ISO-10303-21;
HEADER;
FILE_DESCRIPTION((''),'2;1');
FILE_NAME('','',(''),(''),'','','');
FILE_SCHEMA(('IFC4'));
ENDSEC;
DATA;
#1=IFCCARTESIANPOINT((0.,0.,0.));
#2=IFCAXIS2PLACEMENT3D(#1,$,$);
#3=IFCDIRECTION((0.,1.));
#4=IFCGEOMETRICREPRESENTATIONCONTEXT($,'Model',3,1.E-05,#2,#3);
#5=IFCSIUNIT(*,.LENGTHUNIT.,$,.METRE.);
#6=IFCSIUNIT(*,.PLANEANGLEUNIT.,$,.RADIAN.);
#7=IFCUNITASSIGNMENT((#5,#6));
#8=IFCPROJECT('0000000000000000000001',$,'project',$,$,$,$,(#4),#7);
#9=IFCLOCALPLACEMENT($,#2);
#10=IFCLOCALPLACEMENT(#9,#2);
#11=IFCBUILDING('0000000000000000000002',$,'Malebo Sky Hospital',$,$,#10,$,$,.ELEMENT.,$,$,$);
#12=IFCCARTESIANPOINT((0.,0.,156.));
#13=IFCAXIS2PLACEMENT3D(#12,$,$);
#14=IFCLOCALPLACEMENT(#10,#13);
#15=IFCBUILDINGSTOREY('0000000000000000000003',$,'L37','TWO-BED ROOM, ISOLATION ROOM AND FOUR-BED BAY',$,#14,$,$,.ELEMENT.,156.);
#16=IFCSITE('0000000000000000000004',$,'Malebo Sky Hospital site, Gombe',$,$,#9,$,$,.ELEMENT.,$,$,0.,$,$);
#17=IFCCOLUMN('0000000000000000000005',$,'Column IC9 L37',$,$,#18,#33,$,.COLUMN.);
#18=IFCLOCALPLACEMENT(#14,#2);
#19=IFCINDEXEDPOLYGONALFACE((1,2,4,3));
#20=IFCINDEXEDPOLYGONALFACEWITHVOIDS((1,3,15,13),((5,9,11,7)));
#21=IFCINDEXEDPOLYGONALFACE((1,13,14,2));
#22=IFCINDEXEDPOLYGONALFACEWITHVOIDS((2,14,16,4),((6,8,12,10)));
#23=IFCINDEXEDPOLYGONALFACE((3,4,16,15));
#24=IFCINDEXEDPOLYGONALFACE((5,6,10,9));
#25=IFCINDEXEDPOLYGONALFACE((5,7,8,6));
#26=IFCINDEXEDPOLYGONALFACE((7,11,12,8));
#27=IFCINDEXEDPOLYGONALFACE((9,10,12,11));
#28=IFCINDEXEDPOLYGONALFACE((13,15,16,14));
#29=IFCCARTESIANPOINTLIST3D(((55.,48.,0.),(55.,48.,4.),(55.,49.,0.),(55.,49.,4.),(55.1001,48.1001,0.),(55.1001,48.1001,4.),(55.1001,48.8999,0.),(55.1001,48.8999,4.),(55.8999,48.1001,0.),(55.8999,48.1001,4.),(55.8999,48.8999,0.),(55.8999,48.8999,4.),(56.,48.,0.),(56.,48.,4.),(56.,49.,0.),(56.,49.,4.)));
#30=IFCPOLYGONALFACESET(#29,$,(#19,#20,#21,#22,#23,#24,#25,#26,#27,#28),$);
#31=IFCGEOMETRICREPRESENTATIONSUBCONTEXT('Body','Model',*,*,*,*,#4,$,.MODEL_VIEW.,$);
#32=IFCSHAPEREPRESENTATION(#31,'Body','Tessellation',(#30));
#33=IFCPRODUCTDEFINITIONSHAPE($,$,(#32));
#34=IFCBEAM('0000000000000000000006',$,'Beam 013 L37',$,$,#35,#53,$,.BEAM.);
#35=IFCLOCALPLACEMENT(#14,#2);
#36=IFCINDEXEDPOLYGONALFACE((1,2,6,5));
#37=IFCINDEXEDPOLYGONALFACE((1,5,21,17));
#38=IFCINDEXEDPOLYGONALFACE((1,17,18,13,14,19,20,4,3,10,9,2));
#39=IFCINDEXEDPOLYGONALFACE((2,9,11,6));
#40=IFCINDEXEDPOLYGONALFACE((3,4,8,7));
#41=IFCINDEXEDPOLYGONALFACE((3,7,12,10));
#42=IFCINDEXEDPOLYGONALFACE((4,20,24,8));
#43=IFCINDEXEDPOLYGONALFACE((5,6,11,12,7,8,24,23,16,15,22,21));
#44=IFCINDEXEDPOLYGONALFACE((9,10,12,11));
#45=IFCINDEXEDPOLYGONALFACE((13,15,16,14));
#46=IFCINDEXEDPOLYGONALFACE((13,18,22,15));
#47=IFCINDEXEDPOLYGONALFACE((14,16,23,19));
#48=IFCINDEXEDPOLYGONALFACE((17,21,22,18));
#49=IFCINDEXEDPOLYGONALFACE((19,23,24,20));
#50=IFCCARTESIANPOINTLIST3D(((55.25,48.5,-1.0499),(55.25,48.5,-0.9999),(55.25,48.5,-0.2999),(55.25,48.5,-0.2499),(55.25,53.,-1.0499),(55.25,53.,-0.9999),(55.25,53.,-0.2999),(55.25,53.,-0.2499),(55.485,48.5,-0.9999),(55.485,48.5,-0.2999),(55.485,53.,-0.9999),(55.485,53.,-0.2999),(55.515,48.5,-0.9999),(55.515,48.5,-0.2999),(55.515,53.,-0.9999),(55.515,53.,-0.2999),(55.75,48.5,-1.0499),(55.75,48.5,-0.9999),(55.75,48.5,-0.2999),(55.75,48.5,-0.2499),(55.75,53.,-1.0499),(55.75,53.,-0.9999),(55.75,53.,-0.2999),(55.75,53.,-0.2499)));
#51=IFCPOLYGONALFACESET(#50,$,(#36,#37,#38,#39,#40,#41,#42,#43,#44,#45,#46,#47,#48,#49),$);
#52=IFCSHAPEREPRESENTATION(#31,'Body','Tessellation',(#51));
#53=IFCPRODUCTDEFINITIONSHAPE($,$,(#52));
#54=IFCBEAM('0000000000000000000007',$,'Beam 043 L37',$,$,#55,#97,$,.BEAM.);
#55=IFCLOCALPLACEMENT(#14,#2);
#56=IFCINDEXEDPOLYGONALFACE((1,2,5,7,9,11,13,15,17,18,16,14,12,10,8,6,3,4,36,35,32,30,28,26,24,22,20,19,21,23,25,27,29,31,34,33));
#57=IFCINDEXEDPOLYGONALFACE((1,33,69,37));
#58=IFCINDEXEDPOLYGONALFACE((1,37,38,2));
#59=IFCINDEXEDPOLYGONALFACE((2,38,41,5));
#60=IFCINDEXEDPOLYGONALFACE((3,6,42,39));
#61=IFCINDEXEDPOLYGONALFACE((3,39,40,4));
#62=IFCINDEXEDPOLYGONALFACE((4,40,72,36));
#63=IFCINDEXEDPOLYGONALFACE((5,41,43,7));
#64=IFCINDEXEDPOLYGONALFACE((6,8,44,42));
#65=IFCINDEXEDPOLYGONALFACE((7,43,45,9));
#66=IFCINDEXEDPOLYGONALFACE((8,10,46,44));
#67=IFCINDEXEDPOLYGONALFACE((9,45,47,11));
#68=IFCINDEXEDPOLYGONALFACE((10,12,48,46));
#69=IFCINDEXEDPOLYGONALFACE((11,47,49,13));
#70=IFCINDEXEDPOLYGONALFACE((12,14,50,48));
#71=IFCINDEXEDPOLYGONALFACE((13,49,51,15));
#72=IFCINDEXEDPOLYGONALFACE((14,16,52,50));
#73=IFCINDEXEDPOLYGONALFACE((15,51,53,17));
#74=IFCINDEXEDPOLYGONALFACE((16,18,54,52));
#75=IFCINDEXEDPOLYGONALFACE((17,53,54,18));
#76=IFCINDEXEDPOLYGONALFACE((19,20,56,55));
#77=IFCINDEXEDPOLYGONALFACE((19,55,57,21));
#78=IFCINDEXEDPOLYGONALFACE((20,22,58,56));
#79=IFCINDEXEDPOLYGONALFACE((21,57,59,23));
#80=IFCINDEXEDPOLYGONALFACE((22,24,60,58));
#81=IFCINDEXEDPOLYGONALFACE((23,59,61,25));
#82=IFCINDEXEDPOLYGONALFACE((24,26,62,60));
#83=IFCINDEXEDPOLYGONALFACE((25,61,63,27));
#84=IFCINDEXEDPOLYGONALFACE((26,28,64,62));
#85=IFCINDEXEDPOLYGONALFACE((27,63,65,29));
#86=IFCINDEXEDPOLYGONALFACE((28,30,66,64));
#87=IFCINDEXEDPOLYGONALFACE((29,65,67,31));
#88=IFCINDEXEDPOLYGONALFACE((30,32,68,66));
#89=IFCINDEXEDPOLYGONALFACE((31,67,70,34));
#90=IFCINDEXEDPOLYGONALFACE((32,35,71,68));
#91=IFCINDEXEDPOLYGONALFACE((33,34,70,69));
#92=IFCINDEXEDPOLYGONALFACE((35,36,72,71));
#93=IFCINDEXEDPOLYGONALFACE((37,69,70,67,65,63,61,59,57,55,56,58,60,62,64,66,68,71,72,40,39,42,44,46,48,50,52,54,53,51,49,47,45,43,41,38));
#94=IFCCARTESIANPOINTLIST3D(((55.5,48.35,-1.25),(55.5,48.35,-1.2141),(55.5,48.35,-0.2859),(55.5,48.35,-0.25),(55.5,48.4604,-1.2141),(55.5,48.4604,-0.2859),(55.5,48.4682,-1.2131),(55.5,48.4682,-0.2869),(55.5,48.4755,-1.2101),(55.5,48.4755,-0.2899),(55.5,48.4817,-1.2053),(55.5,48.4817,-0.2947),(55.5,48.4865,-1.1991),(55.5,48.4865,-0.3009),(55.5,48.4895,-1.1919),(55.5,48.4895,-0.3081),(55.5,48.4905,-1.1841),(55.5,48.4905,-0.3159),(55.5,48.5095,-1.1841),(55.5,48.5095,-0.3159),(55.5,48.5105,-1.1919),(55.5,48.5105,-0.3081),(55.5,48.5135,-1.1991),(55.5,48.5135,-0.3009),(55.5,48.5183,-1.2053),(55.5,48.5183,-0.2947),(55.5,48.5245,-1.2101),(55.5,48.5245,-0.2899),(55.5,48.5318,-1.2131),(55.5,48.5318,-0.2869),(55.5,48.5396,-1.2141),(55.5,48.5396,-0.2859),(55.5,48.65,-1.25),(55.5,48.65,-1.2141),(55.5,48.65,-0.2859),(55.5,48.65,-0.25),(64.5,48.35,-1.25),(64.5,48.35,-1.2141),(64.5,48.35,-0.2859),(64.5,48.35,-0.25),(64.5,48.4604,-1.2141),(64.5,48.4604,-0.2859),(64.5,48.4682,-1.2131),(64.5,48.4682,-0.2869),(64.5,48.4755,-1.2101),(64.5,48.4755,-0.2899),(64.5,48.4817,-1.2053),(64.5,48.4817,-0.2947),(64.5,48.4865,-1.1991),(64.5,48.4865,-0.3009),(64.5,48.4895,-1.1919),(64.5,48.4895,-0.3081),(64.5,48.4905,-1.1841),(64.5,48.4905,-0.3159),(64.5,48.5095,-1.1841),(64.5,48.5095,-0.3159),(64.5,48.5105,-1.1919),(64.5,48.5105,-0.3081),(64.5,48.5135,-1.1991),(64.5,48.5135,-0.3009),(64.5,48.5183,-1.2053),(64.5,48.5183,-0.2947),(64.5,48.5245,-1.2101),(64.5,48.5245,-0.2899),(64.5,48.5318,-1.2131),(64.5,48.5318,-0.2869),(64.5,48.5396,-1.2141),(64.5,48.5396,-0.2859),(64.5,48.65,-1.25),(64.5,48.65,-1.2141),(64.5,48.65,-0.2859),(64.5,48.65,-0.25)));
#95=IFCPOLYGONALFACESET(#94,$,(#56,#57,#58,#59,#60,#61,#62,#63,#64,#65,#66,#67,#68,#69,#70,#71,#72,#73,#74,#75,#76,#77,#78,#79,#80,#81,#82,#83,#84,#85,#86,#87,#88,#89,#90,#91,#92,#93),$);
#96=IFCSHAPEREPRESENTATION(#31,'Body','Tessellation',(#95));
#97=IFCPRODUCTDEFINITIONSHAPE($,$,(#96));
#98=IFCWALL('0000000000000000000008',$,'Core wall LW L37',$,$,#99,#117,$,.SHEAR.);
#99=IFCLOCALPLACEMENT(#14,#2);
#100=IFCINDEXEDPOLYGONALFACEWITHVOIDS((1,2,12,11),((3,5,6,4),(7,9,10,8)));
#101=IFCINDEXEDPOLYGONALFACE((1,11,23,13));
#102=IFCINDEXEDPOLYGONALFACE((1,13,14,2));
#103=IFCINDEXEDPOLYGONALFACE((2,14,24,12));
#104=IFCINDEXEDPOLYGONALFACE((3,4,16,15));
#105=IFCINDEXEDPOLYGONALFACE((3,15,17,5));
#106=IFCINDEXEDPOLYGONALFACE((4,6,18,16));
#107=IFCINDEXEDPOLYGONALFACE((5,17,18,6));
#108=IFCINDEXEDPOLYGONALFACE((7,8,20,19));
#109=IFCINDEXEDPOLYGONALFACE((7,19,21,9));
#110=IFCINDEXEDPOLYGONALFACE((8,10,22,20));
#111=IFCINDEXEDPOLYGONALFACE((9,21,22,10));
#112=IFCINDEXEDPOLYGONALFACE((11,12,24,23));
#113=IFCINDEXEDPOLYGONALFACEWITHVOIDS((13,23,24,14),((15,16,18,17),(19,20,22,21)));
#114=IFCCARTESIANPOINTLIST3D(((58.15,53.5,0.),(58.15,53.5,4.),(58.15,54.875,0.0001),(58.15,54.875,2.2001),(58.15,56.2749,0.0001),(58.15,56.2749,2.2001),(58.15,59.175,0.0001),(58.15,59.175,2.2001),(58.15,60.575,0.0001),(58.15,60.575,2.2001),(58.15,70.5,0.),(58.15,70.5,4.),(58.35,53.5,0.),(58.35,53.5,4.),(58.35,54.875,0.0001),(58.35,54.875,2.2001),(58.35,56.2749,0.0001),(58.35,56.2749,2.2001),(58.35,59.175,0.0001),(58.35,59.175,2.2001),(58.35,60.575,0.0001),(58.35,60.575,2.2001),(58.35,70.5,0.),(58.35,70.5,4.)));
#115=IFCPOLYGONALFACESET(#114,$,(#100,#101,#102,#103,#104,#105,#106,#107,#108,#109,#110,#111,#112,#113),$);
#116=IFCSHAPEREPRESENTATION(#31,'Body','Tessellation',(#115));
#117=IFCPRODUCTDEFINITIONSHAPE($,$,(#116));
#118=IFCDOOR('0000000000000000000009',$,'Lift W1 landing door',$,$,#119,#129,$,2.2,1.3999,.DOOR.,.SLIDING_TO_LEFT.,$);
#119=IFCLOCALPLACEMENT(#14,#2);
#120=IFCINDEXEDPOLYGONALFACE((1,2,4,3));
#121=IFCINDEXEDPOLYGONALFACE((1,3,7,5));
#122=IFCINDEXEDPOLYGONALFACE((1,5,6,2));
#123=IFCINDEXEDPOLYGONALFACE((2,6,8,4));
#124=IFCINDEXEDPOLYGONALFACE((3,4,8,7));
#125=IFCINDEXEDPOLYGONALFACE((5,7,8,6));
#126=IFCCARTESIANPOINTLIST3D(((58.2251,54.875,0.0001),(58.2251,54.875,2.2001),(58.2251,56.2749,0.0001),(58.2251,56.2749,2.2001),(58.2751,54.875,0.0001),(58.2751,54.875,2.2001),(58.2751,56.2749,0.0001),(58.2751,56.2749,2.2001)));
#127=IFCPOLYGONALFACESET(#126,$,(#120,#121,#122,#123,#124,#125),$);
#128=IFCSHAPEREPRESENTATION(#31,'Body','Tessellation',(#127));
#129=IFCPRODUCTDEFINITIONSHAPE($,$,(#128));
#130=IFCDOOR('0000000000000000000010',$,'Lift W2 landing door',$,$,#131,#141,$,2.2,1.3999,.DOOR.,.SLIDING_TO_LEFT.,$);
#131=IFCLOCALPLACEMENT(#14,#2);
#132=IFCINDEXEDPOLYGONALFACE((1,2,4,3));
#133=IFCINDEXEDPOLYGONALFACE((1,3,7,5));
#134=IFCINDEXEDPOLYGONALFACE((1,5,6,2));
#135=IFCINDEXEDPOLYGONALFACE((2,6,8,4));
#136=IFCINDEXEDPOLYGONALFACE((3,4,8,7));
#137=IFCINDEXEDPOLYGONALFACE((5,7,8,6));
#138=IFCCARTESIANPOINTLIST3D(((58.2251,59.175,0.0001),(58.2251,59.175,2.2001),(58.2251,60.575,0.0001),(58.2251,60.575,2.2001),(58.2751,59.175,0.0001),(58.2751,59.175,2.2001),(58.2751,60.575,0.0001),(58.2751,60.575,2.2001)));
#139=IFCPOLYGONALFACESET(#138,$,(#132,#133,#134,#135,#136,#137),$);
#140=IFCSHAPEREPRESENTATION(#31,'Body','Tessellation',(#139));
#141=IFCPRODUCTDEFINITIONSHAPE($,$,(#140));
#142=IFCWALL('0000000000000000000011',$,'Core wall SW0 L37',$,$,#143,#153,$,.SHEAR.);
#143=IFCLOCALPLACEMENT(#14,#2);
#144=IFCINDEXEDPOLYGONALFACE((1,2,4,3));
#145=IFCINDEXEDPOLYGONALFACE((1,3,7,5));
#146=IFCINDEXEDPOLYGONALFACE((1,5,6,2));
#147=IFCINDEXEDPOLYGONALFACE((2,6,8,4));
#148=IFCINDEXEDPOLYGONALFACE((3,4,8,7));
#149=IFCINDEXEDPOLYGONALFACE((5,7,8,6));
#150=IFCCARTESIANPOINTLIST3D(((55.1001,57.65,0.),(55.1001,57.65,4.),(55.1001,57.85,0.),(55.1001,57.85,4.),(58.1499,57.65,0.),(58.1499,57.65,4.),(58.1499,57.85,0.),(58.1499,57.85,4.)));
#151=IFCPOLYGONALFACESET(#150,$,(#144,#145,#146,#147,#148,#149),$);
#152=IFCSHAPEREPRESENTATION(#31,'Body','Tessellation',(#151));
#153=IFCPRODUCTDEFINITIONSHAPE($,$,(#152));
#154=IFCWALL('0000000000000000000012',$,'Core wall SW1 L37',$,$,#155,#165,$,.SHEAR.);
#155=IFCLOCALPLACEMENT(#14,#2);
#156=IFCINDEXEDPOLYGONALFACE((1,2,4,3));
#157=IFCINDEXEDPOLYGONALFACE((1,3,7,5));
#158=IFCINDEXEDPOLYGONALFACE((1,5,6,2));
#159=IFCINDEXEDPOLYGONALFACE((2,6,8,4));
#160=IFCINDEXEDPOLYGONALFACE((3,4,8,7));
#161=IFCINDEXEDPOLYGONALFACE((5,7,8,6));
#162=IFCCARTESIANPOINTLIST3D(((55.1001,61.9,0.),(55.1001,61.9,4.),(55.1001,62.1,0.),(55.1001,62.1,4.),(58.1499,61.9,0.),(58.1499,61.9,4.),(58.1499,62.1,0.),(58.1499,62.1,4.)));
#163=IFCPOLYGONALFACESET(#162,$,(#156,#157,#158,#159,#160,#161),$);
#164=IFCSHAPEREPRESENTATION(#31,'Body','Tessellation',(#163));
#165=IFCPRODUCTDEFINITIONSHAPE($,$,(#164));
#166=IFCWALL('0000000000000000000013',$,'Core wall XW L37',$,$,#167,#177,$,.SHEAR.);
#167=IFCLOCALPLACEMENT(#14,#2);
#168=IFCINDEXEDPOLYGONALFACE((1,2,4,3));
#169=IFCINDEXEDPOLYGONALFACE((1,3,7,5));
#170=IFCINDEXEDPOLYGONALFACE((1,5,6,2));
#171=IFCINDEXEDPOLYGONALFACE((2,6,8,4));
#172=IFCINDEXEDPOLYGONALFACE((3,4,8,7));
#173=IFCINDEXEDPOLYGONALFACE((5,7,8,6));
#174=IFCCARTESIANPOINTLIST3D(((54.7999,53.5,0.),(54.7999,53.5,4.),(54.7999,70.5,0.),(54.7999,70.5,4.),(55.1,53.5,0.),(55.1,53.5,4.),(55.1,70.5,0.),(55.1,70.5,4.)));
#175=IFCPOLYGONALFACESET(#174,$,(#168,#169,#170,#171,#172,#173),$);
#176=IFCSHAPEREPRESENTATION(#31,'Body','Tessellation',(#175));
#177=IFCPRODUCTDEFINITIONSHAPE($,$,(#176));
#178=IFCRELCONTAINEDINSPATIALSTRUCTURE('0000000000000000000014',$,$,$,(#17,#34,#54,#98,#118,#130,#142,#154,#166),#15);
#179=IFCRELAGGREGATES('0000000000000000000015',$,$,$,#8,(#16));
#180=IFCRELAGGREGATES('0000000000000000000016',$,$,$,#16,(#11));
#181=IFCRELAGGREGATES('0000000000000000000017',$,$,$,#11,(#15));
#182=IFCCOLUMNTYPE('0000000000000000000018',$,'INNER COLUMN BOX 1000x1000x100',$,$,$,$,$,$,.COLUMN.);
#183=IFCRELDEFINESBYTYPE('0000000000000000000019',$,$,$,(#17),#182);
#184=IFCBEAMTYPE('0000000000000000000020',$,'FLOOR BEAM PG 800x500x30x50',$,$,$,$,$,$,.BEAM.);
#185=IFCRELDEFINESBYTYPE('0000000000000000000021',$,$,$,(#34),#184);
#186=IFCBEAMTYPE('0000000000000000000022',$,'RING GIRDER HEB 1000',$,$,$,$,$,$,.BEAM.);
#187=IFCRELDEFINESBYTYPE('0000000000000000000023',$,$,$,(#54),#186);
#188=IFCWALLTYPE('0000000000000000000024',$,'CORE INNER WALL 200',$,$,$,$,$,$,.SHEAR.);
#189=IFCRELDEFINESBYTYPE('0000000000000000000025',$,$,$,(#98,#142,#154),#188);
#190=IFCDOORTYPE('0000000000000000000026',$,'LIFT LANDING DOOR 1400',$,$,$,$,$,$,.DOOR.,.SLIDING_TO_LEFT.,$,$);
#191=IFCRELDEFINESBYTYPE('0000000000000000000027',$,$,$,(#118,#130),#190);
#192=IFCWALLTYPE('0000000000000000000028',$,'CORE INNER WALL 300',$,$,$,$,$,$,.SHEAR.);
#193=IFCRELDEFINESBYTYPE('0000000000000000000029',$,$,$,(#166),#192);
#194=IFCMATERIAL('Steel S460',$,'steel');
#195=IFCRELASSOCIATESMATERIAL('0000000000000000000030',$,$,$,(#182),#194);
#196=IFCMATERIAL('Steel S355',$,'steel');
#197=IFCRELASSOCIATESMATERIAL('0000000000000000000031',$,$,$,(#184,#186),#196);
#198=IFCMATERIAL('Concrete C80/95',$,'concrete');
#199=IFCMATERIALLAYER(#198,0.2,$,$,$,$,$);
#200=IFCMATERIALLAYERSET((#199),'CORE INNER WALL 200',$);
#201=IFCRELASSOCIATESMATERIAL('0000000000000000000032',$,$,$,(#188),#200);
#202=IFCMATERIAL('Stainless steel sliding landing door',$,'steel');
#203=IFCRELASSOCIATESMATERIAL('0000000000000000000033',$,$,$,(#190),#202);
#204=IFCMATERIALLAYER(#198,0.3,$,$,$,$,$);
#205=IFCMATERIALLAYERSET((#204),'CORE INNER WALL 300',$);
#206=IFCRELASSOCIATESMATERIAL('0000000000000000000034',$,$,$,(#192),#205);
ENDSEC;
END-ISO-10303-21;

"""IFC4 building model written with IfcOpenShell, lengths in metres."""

from ifc_helpers import new_model, si_unit, direction, frame, frame_2d, origin, origin_2d, place, context, subcontext, project, spatial, rectangle, hollow_rectangle, i_section, extrude, material, layer, layer_set, material_profile, profile_set, type_object, element, fill, save


model = new_model("IFC4")

# Units and contexts
model_context = context("Model", 3, precision=1e-05, world=origin(), true_north=direction((0.0, 1.0)))
body_context = subcontext(model_context, "Body", "Model", "MODEL_VIEW")
ifc_project = project(units=[si_unit("LENGTHUNIT", "METRE"), si_unit("PLANEANGLEUNIT", "RADIAN")], contexts=[model_context])

# Site, building, storey
site_placement = place(None, origin())
site = spatial("IfcSite", under=ifc_project, at=site_placement, Name="Malebo Sky Hospital site, Gombe", CompositionType="ELEMENT", RefElevation=0.0)
building_placement = place(site_placement, origin())
building = spatial("IfcBuilding", under=site, at=building_placement, Name="Malebo Sky Hospital", CompositionType="ELEMENT")
storey_placement = place(building_placement, frame((0.0, 0.0, 156.0)))
storey = spatial("IfcBuildingStorey", under=building, at=storey_placement, Name="L37", Description="TWO-BED ROOM, ISOLATION ROOM AND FOUR-BED BAY", CompositionType="ELEMENT", Elevation=156.0)

# Column
ifc_material_1 = material(Name="Steel S460", Category="steel")
ifc_material_profile_1 = material_profile(ifc_material_1, hollow_rectangle(XDim=1.0, YDim=1.0, WallThickness=0.1001, at=origin_2d()), Name="BOX 1000x1000x100")
ifc_profile_set_1 = profile_set([ifc_material_profile_1], Name="Steel S460")
column_type = type_object("IfcColumnType", Name="INNER COLUMN BOX 1000x1000x100", PredefinedType="COLUMN", material=ifc_profile_set_1)
column_placement = place(storey_placement, frame((55.5, 48.5, 0.0), z_axis=(0.0, 0.0, 1.0), x_axis=(1.0, 0.0, 0.0)))
element("IfcColumn", 1, at=column_placement, inside=storey, type_object=column_type, Name="Column IC9 L37", PredefinedType="COLUMN", context=body_context, shape_type="SweptSolid", body=[
    extrude(hollow_rectangle(XDim=1.0, YDim=1.0, WallThickness=0.1001, at=origin_2d()), origin(), (0.0, 0.0, 1.0), 4.0),
])

# Beams
ifc_material_2 = material(Name="Steel S355", Category="steel")
ifc_material_profile_2 = material_profile(ifc_material_2, i_section(OverallWidth=0.5, OverallDepth=0.8, WebThickness=0.03, FlangeThickness=0.05, at=origin_2d()), Name="PG 800x500x30x50")
ifc_profile_set_2 = profile_set([ifc_material_profile_2], Name="Steel S355")
beam_type_1 = type_object("IfcBeamType", Name="FLOOR BEAM PG 800x500x30x50", PredefinedType="BEAM", material=ifc_profile_set_2)
beam_1_placement = place(storey_placement, frame((55.5, 48.5, -0.6499), z_axis=(0.0, 1.0, 0.0), x_axis=(-1.0, 0.0, 0.0)))
element("IfcBeam", 2, at=beam_1_placement, inside=storey, type_object=beam_type_1, Name="Beam 013 L37", PredefinedType="BEAM", context=body_context, shape_type="SweptSolid", body=[
    extrude(i_section(OverallWidth=0.5, OverallDepth=0.8, WebThickness=0.03, FlangeThickness=0.05, at=origin_2d()), origin(), (0.0, 0.0, 1.0), 4.5),
])
ifc_material_profile_3 = material_profile(ifc_material_2, i_section(OverallWidth=0.3, OverallDepth=1.0, WebThickness=0.019, FlangeThickness=0.0359, FilletRadius=0.03, at=origin_2d()), Name="HEB 1000")
ifc_profile_set_3 = profile_set([ifc_material_profile_3], Name="Steel S355")
beam_type_2 = type_object("IfcBeamType", Name="RING GIRDER HEB 1000", PredefinedType="BEAM", material=ifc_profile_set_3)
beam_2_placement = place(storey_placement, frame((55.5, 48.5, -0.75), z_axis=(1.0, 0.0, 0.0), x_axis=(0.0, 1.0, 0.0)))
element("IfcBeam", 3, at=beam_2_placement, inside=storey, type_object=beam_type_2, Name="Beam 043 L37", PredefinedType="BEAM", context=body_context, shape_type="SweptSolid", body=[
    extrude(i_section(OverallWidth=0.3, OverallDepth=1.0, WebThickness=0.019, FlangeThickness=0.0359, FilletRadius=0.03, at=origin_2d()), origin(), (0.0, 0.0, 1.0), 9.0),
])

# Wall, openings, doors
ifc_material_3 = material(Name="Concrete C80/95", Category="concrete")
ifc_layer_1 = layer(ifc_material_3, 0.2)
ifc_layer_set_1 = layer_set([ifc_layer_1], Name="CORE INNER WALL 200")
wall_type_1 = type_object("IfcWallType", Name="CORE INNER WALL 200", PredefinedType="SHEAR", material=ifc_layer_set_1)
wall_1_placement = place(storey_placement, frame((58.25, 53.5, 0.0), z_axis=(0.0, 0.0, 1.0), x_axis=(0.0, 1.0, 0.0)))
wall_1 = element("IfcWall", 4, at=wall_1_placement, inside=storey, type_object=wall_type_1, Name="Core wall LW L37", PredefinedType="SHEAR", context=body_context, shape_type="SweptSolid", body=[
    extrude(rectangle(XDim=17.0, YDim=0.2, at=frame_2d((8.5, 0.0))), origin(), (0.0, 0.0, 1.0), 4.0),
])
opening_1_placement = place(wall_1_placement, frame((1.375, 0.0, 0.0)))
opening_1 = element("IfcOpeningElement", 5, at=opening_1_placement, cuts=wall_1, PredefinedType="OPENING", context=body_context, shape_type="SweptSolid", body=[
    extrude(rectangle(XDim=1.3999, YDim=2.2, at=frame_2d((0.7, 1.1001))), frame((0.0, 0.1099, 0.0), z_axis=(0.0, -1.0, 0.0), x_axis=(1.0, 0.0, 0.0)), (0.0, 0.0, 1.0), 0.22),
])
opening_2_placement = place(wall_1_placement, frame((5.675, 0.0, 0.0)))
opening_2 = element("IfcOpeningElement", 6, at=opening_2_placement, cuts=wall_1, PredefinedType="OPENING", context=body_context, shape_type="SweptSolid", body=[
    extrude(rectangle(XDim=1.3999, YDim=2.2, at=frame_2d((0.7, 1.1001))), frame((0.0, 0.1099, 0.0), z_axis=(0.0, -1.0, 0.0), x_axis=(1.0, 0.0, 0.0)), (0.0, 0.0, 1.0), 0.22),
])
ifc_material_4 = material(Name="Stainless steel sliding landing door", Category="steel")
door_type_1 = type_object("IfcDoorType", Name="LIFT LANDING DOOR 1400", OperationType="SLIDING_TO_LEFT", PredefinedType="DOOR", material=ifc_material_4)
door_1_placement = place(opening_1_placement, origin())
door_1 = element("IfcDoor", 7, at=door_1_placement, inside=storey, type_object=door_type_1, Name="Lift W1 landing door", OperationType="SLIDING_TO_LEFT", OverallHeight=2.2, OverallWidth=1.3999, PredefinedType="DOOR", context=body_context, shape_type="SweptSolid", body=[
    extrude(rectangle(XDim=1.3999, YDim=2.2, at=frame_2d((0.7, 1.1001))), frame((0.0, 0.0249, 0.0), z_axis=(0.0, -1.0, 0.0), x_axis=(1.0, 0.0, 0.0)), (0.0, 0.0, 1.0), 0.05),
])
fill(opening_1, door_1)
door_2_placement = place(opening_2_placement, origin())
door_2 = element("IfcDoor", 8, at=door_2_placement, inside=storey, type_object=door_type_1, Name="Lift W2 landing door", OperationType="SLIDING_TO_LEFT", OverallHeight=2.2, OverallWidth=1.3999, PredefinedType="DOOR", context=body_context, shape_type="SweptSolid", body=[
    extrude(rectangle(XDim=1.3999, YDim=2.2, at=frame_2d((0.7, 1.1001))), frame((0.0, 0.0249, 0.0), z_axis=(0.0, -1.0, 0.0), x_axis=(1.0, 0.0, 0.0)), (0.0, 0.0, 1.0), 0.05),
])
fill(opening_2, door_2)

# Walls
for number, where, z_axis, x_axis, name in (
    (9, (55.1001, 57.75, 0.0), (0.0, 0.0, 1.0), (1.0, 0.0, 0.0), "Core wall SW0 L37"),
    (10, (55.1001, 62.0, 0.0), (0.0, 0.0, 1.0), (1.0, 0.0, 0.0), "Core wall SW1 L37"),
):
    element("IfcWall", number, at=place(storey_placement, frame(where, z_axis=z_axis, x_axis=x_axis)), inside=storey, type_object=wall_type_1, Name=name, PredefinedType="SHEAR", context=body_context, shape_type="SweptSolid", body=[
        extrude(rectangle(XDim=3.0498, YDim=0.2, at=frame_2d((1.5249, 0.0))), origin(), (0.0, 0.0, 1.0), 4.0),
    ])
ifc_layer_2 = layer(ifc_material_3, 0.3)
ifc_layer_set_2 = layer_set([ifc_layer_2], Name="CORE INNER WALL 300")
wall_type_2 = type_object("IfcWallType", Name="CORE INNER WALL 300", PredefinedType="SHEAR", material=ifc_layer_set_2)
wall_2_placement = place(storey_placement, frame((54.95, 53.5, 0.0), z_axis=(0.0, 0.0, 1.0), x_axis=(0.0, 1.0, 0.0)))
element("IfcWall", 11, at=wall_2_placement, inside=storey, type_object=wall_type_2, Name="Core wall XW L37", PredefinedType="SHEAR", context=body_context, shape_type="SweptSolid", body=[
    extrude(rectangle(XDim=17.0, YDim=0.3, at=frame_2d((8.5, 0.0))), origin(), (0.0, 0.0, 1.0), 4.0),
])

save(model, "model.ifc")
